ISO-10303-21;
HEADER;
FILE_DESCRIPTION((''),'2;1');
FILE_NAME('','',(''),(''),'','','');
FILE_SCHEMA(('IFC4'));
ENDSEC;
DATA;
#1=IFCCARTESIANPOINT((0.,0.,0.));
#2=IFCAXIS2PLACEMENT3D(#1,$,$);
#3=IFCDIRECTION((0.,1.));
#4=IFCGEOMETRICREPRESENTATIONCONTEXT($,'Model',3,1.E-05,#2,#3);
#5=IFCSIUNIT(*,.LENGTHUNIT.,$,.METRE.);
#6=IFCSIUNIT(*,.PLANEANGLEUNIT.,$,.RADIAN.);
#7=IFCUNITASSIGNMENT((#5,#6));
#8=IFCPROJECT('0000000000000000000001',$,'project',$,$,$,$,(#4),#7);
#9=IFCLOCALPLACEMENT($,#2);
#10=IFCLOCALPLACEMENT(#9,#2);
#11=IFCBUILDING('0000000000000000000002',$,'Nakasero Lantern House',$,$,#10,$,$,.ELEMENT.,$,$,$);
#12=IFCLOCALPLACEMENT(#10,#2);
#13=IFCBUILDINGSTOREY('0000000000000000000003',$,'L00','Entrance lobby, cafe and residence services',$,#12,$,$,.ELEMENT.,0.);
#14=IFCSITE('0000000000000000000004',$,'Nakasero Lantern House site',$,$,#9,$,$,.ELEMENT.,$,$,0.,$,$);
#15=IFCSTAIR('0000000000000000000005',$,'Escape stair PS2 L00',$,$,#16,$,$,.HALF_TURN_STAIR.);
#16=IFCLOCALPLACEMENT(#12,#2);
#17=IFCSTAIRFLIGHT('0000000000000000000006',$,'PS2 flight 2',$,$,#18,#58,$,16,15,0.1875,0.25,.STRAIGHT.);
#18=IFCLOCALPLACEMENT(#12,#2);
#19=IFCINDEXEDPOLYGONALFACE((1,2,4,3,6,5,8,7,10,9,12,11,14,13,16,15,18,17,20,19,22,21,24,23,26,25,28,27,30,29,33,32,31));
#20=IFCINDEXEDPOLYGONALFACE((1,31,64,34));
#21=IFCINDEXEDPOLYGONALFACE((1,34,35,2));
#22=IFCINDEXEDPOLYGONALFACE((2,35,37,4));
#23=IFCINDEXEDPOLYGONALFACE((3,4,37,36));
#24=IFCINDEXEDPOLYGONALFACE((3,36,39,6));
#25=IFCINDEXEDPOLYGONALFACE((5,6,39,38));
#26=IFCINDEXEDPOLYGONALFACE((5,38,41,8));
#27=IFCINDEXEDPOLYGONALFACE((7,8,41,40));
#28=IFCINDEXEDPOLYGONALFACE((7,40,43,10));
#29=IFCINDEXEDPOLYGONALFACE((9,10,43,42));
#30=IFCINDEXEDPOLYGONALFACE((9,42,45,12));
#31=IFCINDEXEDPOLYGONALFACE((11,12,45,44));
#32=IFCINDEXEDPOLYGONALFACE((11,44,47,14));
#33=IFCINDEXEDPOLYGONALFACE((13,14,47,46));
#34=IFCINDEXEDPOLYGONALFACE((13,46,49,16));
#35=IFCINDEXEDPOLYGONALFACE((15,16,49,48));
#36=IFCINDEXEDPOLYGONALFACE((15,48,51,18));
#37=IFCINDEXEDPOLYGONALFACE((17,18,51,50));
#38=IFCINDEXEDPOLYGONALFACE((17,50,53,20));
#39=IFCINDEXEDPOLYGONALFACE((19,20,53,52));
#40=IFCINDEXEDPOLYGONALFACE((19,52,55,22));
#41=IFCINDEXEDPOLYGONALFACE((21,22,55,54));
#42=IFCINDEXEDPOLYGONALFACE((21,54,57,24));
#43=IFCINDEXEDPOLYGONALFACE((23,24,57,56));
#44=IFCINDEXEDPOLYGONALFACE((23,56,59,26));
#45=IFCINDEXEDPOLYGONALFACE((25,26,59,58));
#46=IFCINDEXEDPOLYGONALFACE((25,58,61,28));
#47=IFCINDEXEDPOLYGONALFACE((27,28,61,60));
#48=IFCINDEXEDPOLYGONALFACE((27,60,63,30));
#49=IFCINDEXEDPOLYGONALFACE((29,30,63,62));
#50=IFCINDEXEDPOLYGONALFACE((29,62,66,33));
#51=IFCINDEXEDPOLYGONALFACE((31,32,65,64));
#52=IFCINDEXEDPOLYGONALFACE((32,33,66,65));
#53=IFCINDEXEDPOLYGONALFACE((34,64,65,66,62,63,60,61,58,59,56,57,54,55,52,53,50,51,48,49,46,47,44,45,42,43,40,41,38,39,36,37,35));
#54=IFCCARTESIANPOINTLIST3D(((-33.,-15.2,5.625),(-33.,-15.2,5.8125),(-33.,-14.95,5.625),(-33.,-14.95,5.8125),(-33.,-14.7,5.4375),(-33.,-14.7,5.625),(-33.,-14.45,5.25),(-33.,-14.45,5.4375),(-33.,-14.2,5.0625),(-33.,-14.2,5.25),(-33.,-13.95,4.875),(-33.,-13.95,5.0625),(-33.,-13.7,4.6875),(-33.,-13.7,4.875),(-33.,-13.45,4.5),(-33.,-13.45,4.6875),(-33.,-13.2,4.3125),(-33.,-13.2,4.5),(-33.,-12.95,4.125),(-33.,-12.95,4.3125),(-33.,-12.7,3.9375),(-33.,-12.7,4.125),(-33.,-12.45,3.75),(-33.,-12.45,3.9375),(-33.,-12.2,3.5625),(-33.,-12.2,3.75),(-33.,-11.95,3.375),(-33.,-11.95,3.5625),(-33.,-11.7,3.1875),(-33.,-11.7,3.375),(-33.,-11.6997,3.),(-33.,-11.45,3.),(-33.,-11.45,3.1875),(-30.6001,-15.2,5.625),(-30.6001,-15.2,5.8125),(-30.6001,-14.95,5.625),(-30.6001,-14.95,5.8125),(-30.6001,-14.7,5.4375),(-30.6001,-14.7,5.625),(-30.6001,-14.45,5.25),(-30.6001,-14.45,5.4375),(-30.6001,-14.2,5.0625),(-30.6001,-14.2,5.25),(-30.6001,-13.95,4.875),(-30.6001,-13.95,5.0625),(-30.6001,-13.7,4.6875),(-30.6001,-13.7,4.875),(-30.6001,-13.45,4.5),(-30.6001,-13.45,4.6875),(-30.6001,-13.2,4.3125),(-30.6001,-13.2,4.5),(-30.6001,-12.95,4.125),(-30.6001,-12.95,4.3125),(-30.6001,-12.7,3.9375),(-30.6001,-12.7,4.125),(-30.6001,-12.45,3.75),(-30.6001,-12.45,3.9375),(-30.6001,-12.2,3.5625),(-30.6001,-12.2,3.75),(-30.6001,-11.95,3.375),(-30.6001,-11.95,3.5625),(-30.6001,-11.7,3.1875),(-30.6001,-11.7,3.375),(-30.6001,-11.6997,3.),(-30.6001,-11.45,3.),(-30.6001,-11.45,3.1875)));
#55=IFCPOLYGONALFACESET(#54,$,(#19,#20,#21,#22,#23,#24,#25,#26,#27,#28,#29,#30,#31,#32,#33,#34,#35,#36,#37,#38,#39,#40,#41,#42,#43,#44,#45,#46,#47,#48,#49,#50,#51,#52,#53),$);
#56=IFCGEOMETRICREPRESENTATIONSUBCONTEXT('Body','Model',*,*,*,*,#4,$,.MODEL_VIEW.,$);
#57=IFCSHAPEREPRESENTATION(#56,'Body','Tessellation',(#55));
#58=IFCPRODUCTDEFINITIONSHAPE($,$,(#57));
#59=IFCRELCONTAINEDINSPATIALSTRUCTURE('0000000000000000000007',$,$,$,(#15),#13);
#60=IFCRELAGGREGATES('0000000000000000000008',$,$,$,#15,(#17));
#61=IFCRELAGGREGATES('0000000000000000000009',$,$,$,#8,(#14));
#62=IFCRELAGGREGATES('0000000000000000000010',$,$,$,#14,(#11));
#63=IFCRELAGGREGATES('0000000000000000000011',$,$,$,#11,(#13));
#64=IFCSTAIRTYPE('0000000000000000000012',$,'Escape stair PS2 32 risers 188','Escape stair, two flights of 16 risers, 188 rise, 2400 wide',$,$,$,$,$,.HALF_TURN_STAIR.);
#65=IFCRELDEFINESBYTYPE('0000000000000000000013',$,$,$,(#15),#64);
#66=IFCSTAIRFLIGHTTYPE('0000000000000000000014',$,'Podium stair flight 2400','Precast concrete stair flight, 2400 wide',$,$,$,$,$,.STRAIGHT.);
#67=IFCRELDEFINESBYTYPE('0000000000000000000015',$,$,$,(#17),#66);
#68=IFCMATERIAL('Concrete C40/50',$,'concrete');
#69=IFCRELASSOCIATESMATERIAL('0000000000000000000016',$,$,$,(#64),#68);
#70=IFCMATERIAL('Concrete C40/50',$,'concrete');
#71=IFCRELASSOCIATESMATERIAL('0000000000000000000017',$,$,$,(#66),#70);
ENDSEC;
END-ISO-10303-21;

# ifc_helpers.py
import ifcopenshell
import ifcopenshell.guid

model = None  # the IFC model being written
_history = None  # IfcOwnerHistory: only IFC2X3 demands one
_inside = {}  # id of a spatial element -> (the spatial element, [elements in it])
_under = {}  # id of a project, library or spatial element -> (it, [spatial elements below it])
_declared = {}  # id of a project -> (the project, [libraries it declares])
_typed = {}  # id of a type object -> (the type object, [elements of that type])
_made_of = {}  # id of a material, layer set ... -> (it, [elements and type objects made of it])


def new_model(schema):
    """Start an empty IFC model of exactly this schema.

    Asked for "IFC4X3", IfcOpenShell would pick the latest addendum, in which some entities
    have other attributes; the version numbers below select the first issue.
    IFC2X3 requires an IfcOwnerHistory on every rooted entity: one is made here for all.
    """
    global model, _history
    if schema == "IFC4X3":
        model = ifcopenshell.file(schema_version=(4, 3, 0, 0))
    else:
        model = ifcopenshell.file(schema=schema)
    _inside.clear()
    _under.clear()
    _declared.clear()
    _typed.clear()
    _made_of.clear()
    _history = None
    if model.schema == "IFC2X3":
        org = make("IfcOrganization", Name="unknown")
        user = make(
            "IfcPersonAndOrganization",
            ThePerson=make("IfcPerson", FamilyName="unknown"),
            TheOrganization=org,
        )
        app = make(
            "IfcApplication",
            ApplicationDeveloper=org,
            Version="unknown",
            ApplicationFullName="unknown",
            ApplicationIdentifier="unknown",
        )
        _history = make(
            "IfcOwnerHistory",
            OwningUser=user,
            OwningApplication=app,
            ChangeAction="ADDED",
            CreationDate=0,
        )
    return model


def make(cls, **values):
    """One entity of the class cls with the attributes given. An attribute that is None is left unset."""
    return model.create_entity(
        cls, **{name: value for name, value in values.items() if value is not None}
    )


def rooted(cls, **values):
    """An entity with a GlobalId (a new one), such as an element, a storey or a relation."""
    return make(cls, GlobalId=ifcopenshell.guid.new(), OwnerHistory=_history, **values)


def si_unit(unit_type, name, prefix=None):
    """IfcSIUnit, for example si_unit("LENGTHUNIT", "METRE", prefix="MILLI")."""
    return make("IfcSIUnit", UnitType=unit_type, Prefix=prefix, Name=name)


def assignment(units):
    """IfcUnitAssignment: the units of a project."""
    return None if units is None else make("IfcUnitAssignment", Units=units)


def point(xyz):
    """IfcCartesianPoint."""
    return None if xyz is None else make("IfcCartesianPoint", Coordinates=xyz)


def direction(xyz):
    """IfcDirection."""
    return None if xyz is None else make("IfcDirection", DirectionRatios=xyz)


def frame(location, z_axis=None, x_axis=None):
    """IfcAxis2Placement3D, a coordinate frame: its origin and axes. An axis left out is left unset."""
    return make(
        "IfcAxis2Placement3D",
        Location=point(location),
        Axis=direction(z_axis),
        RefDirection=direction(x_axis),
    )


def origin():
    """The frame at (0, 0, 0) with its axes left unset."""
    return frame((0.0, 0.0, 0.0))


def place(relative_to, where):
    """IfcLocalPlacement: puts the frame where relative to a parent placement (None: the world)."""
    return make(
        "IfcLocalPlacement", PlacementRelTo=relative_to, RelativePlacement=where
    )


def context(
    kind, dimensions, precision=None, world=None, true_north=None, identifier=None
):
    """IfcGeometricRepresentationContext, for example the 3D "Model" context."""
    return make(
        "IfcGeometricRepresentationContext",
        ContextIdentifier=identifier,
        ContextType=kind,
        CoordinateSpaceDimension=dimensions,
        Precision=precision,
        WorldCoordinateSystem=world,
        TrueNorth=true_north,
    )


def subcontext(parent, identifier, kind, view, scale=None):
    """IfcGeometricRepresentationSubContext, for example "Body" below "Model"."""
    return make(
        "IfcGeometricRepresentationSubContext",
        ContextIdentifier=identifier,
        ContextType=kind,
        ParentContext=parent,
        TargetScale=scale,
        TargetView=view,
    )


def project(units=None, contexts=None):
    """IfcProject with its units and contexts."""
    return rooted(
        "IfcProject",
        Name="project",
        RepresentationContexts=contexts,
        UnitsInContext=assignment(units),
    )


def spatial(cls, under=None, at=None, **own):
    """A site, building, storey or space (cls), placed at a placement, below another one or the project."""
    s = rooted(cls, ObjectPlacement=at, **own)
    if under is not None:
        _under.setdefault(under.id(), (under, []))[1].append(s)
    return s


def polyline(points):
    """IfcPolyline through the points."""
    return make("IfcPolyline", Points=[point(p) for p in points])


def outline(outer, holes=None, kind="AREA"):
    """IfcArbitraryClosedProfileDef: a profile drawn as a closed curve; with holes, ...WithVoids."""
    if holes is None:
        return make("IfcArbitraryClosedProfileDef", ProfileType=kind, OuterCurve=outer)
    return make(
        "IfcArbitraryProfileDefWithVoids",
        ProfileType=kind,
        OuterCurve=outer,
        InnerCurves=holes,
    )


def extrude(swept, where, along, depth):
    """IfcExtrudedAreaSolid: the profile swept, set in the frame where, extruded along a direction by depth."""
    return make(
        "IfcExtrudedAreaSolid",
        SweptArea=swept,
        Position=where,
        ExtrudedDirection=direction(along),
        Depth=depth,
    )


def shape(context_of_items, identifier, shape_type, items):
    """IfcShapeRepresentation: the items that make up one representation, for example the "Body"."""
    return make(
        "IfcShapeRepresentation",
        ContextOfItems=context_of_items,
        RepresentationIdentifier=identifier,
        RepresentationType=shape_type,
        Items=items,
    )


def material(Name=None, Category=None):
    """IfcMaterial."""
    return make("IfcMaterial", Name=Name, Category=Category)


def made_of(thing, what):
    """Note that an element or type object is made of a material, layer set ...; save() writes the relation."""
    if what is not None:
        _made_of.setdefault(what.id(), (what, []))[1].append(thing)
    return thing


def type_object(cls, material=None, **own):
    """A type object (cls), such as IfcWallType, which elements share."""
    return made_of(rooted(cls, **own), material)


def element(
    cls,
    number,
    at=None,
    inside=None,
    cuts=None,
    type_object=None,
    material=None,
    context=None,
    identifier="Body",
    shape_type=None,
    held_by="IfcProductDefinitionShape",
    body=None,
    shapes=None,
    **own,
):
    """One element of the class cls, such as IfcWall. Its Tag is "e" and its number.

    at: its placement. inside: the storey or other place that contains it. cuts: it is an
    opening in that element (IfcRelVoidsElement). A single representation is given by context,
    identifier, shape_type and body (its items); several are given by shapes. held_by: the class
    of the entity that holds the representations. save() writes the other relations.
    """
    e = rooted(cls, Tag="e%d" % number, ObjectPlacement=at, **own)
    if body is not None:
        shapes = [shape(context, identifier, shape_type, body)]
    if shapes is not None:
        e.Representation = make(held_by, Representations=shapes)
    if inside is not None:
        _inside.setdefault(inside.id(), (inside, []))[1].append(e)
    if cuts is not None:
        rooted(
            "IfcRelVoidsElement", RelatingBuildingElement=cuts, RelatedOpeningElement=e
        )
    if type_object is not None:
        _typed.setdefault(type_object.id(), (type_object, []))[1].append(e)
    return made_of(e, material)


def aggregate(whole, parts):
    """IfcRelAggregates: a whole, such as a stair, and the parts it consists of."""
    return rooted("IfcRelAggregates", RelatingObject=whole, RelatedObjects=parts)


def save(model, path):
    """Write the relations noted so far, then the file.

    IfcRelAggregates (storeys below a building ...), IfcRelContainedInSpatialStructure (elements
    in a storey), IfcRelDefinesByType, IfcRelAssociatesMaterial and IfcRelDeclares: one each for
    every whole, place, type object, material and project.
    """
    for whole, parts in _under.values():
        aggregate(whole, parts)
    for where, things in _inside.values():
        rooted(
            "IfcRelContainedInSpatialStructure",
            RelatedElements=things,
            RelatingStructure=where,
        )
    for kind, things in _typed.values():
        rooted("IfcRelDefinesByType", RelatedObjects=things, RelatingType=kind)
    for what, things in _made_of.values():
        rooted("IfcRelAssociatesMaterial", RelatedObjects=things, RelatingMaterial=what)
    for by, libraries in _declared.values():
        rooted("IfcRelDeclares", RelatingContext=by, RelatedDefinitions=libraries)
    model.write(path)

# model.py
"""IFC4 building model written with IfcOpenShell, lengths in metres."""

from ifc_helpers import new_model, si_unit, direction, frame, origin, place, context, subcontext, project, spatial, polyline, outline, extrude, material, type_object, element, aggregate, save


model = new_model("IFC4")

# Units and contexts
model_context = context("Model", 3, precision=1e-05, world=origin(), true_north=direction((0.0, 1.0)))
body_context = subcontext(model_context, "Body", "Model", "MODEL_VIEW")
ifc_project = project(units=[si_unit("LENGTHUNIT", "METRE"), si_unit("PLANEANGLEUNIT", "RADIAN")], contexts=[model_context])

# Site, building, storey
site_placement = place(None, origin())
site = spatial("IfcSite", under=ifc_project, at=site_placement, Name="Nakasero Lantern House site", CompositionType="ELEMENT", RefElevation=0.0)
building_placement = place(site_placement, origin())
building = spatial("IfcBuilding", under=site, at=building_placement, Name="Nakasero Lantern House", CompositionType="ELEMENT")
storey_placement = place(building_placement, origin())
storey = spatial("IfcBuildingStorey", under=building, at=storey_placement, Name="L00", Description="Entrance lobby, cafe and residence services", CompositionType="ELEMENT", Elevation=0.0)

# Stair, stair flight
ifc_material_1 = material(Name="Concrete C40/50", Category="concrete")
stair_type = type_object("IfcStairType", Name="Escape stair PS2 32 risers 188", Description="Escape stair, two flights of 16 risers, 188 rise, 2400 wide", PredefinedType="HALF_TURN_STAIR", material=ifc_material_1)
stair_placement = place(storey_placement, origin())
stair = element("IfcStair", 1, at=stair_placement, inside=storey, type_object=stair_type, Name="Escape stair PS2 L00", PredefinedType="HALF_TURN_STAIR")
ifc_material_2 = material(Name="Concrete C40/50", Category="concrete")
stair_flight_type = type_object("IfcStairFlightType", Name="Podium stair flight 2400", Description="Precast concrete stair flight, 2400 wide", PredefinedType="STRAIGHT", material=ifc_material_2)
stair_flight_1_placement = place(storey_placement, frame((-31.8, -11.45, 3.0), z_axis=(0.0, 0.0, 1.0), x_axis=(0.0, -1.0, 0.0)))
stair_flight_1 = element("IfcStairFlight", 2, at=stair_flight_1_placement, type_object=stair_flight_type, Name="PS2 flight 2", NumberOfRisers=16, NumberOfTreads=15, PredefinedType="STRAIGHT", RiserHeight=0.1875, TreadLength=0.25, context=body_context, shape_type="SweptSolid", body=[
    extrude(outline(polyline([(0.0, 0.0), (0.0, 0.1875), (0.25, 0.1875), (0.25, 0.375), (0.5, 0.375), (0.5, 0.5625), (0.75, 0.5625), (0.75, 0.75), (1.0, 0.75), (1.0, 0.9375), (1.25, 0.9375), (1.25, 1.125), (1.5, 1.125), (1.5, 1.3125), (1.75, 1.3125), (1.75, 1.5), (2.0, 1.5), (2.0, 1.6875), (2.25, 1.6875), (2.25, 1.875), (2.5, 1.875), (2.5, 2.0625), (2.75, 2.0625), (2.75, 2.25), (3.0, 2.25), (3.0, 2.4375), (3.25, 2.4375), (3.25, 2.625), (3.5, 2.625), (3.5, 2.8125), (3.75, 2.8125), (3.75, 3.0), (3.75, 2.625), (0.2498, 0.0), (0.0, 0.0)])), frame((0.0, 1.2, 0.0), z_axis=(0.0, -1.0, 0.0), x_axis=(1.0, 0.0, 0.0)), (0.0, 0.0, 1.0), 2.3999),
])
aggregate(stair, [stair_flight_1])

save(model, "model.ifc")
